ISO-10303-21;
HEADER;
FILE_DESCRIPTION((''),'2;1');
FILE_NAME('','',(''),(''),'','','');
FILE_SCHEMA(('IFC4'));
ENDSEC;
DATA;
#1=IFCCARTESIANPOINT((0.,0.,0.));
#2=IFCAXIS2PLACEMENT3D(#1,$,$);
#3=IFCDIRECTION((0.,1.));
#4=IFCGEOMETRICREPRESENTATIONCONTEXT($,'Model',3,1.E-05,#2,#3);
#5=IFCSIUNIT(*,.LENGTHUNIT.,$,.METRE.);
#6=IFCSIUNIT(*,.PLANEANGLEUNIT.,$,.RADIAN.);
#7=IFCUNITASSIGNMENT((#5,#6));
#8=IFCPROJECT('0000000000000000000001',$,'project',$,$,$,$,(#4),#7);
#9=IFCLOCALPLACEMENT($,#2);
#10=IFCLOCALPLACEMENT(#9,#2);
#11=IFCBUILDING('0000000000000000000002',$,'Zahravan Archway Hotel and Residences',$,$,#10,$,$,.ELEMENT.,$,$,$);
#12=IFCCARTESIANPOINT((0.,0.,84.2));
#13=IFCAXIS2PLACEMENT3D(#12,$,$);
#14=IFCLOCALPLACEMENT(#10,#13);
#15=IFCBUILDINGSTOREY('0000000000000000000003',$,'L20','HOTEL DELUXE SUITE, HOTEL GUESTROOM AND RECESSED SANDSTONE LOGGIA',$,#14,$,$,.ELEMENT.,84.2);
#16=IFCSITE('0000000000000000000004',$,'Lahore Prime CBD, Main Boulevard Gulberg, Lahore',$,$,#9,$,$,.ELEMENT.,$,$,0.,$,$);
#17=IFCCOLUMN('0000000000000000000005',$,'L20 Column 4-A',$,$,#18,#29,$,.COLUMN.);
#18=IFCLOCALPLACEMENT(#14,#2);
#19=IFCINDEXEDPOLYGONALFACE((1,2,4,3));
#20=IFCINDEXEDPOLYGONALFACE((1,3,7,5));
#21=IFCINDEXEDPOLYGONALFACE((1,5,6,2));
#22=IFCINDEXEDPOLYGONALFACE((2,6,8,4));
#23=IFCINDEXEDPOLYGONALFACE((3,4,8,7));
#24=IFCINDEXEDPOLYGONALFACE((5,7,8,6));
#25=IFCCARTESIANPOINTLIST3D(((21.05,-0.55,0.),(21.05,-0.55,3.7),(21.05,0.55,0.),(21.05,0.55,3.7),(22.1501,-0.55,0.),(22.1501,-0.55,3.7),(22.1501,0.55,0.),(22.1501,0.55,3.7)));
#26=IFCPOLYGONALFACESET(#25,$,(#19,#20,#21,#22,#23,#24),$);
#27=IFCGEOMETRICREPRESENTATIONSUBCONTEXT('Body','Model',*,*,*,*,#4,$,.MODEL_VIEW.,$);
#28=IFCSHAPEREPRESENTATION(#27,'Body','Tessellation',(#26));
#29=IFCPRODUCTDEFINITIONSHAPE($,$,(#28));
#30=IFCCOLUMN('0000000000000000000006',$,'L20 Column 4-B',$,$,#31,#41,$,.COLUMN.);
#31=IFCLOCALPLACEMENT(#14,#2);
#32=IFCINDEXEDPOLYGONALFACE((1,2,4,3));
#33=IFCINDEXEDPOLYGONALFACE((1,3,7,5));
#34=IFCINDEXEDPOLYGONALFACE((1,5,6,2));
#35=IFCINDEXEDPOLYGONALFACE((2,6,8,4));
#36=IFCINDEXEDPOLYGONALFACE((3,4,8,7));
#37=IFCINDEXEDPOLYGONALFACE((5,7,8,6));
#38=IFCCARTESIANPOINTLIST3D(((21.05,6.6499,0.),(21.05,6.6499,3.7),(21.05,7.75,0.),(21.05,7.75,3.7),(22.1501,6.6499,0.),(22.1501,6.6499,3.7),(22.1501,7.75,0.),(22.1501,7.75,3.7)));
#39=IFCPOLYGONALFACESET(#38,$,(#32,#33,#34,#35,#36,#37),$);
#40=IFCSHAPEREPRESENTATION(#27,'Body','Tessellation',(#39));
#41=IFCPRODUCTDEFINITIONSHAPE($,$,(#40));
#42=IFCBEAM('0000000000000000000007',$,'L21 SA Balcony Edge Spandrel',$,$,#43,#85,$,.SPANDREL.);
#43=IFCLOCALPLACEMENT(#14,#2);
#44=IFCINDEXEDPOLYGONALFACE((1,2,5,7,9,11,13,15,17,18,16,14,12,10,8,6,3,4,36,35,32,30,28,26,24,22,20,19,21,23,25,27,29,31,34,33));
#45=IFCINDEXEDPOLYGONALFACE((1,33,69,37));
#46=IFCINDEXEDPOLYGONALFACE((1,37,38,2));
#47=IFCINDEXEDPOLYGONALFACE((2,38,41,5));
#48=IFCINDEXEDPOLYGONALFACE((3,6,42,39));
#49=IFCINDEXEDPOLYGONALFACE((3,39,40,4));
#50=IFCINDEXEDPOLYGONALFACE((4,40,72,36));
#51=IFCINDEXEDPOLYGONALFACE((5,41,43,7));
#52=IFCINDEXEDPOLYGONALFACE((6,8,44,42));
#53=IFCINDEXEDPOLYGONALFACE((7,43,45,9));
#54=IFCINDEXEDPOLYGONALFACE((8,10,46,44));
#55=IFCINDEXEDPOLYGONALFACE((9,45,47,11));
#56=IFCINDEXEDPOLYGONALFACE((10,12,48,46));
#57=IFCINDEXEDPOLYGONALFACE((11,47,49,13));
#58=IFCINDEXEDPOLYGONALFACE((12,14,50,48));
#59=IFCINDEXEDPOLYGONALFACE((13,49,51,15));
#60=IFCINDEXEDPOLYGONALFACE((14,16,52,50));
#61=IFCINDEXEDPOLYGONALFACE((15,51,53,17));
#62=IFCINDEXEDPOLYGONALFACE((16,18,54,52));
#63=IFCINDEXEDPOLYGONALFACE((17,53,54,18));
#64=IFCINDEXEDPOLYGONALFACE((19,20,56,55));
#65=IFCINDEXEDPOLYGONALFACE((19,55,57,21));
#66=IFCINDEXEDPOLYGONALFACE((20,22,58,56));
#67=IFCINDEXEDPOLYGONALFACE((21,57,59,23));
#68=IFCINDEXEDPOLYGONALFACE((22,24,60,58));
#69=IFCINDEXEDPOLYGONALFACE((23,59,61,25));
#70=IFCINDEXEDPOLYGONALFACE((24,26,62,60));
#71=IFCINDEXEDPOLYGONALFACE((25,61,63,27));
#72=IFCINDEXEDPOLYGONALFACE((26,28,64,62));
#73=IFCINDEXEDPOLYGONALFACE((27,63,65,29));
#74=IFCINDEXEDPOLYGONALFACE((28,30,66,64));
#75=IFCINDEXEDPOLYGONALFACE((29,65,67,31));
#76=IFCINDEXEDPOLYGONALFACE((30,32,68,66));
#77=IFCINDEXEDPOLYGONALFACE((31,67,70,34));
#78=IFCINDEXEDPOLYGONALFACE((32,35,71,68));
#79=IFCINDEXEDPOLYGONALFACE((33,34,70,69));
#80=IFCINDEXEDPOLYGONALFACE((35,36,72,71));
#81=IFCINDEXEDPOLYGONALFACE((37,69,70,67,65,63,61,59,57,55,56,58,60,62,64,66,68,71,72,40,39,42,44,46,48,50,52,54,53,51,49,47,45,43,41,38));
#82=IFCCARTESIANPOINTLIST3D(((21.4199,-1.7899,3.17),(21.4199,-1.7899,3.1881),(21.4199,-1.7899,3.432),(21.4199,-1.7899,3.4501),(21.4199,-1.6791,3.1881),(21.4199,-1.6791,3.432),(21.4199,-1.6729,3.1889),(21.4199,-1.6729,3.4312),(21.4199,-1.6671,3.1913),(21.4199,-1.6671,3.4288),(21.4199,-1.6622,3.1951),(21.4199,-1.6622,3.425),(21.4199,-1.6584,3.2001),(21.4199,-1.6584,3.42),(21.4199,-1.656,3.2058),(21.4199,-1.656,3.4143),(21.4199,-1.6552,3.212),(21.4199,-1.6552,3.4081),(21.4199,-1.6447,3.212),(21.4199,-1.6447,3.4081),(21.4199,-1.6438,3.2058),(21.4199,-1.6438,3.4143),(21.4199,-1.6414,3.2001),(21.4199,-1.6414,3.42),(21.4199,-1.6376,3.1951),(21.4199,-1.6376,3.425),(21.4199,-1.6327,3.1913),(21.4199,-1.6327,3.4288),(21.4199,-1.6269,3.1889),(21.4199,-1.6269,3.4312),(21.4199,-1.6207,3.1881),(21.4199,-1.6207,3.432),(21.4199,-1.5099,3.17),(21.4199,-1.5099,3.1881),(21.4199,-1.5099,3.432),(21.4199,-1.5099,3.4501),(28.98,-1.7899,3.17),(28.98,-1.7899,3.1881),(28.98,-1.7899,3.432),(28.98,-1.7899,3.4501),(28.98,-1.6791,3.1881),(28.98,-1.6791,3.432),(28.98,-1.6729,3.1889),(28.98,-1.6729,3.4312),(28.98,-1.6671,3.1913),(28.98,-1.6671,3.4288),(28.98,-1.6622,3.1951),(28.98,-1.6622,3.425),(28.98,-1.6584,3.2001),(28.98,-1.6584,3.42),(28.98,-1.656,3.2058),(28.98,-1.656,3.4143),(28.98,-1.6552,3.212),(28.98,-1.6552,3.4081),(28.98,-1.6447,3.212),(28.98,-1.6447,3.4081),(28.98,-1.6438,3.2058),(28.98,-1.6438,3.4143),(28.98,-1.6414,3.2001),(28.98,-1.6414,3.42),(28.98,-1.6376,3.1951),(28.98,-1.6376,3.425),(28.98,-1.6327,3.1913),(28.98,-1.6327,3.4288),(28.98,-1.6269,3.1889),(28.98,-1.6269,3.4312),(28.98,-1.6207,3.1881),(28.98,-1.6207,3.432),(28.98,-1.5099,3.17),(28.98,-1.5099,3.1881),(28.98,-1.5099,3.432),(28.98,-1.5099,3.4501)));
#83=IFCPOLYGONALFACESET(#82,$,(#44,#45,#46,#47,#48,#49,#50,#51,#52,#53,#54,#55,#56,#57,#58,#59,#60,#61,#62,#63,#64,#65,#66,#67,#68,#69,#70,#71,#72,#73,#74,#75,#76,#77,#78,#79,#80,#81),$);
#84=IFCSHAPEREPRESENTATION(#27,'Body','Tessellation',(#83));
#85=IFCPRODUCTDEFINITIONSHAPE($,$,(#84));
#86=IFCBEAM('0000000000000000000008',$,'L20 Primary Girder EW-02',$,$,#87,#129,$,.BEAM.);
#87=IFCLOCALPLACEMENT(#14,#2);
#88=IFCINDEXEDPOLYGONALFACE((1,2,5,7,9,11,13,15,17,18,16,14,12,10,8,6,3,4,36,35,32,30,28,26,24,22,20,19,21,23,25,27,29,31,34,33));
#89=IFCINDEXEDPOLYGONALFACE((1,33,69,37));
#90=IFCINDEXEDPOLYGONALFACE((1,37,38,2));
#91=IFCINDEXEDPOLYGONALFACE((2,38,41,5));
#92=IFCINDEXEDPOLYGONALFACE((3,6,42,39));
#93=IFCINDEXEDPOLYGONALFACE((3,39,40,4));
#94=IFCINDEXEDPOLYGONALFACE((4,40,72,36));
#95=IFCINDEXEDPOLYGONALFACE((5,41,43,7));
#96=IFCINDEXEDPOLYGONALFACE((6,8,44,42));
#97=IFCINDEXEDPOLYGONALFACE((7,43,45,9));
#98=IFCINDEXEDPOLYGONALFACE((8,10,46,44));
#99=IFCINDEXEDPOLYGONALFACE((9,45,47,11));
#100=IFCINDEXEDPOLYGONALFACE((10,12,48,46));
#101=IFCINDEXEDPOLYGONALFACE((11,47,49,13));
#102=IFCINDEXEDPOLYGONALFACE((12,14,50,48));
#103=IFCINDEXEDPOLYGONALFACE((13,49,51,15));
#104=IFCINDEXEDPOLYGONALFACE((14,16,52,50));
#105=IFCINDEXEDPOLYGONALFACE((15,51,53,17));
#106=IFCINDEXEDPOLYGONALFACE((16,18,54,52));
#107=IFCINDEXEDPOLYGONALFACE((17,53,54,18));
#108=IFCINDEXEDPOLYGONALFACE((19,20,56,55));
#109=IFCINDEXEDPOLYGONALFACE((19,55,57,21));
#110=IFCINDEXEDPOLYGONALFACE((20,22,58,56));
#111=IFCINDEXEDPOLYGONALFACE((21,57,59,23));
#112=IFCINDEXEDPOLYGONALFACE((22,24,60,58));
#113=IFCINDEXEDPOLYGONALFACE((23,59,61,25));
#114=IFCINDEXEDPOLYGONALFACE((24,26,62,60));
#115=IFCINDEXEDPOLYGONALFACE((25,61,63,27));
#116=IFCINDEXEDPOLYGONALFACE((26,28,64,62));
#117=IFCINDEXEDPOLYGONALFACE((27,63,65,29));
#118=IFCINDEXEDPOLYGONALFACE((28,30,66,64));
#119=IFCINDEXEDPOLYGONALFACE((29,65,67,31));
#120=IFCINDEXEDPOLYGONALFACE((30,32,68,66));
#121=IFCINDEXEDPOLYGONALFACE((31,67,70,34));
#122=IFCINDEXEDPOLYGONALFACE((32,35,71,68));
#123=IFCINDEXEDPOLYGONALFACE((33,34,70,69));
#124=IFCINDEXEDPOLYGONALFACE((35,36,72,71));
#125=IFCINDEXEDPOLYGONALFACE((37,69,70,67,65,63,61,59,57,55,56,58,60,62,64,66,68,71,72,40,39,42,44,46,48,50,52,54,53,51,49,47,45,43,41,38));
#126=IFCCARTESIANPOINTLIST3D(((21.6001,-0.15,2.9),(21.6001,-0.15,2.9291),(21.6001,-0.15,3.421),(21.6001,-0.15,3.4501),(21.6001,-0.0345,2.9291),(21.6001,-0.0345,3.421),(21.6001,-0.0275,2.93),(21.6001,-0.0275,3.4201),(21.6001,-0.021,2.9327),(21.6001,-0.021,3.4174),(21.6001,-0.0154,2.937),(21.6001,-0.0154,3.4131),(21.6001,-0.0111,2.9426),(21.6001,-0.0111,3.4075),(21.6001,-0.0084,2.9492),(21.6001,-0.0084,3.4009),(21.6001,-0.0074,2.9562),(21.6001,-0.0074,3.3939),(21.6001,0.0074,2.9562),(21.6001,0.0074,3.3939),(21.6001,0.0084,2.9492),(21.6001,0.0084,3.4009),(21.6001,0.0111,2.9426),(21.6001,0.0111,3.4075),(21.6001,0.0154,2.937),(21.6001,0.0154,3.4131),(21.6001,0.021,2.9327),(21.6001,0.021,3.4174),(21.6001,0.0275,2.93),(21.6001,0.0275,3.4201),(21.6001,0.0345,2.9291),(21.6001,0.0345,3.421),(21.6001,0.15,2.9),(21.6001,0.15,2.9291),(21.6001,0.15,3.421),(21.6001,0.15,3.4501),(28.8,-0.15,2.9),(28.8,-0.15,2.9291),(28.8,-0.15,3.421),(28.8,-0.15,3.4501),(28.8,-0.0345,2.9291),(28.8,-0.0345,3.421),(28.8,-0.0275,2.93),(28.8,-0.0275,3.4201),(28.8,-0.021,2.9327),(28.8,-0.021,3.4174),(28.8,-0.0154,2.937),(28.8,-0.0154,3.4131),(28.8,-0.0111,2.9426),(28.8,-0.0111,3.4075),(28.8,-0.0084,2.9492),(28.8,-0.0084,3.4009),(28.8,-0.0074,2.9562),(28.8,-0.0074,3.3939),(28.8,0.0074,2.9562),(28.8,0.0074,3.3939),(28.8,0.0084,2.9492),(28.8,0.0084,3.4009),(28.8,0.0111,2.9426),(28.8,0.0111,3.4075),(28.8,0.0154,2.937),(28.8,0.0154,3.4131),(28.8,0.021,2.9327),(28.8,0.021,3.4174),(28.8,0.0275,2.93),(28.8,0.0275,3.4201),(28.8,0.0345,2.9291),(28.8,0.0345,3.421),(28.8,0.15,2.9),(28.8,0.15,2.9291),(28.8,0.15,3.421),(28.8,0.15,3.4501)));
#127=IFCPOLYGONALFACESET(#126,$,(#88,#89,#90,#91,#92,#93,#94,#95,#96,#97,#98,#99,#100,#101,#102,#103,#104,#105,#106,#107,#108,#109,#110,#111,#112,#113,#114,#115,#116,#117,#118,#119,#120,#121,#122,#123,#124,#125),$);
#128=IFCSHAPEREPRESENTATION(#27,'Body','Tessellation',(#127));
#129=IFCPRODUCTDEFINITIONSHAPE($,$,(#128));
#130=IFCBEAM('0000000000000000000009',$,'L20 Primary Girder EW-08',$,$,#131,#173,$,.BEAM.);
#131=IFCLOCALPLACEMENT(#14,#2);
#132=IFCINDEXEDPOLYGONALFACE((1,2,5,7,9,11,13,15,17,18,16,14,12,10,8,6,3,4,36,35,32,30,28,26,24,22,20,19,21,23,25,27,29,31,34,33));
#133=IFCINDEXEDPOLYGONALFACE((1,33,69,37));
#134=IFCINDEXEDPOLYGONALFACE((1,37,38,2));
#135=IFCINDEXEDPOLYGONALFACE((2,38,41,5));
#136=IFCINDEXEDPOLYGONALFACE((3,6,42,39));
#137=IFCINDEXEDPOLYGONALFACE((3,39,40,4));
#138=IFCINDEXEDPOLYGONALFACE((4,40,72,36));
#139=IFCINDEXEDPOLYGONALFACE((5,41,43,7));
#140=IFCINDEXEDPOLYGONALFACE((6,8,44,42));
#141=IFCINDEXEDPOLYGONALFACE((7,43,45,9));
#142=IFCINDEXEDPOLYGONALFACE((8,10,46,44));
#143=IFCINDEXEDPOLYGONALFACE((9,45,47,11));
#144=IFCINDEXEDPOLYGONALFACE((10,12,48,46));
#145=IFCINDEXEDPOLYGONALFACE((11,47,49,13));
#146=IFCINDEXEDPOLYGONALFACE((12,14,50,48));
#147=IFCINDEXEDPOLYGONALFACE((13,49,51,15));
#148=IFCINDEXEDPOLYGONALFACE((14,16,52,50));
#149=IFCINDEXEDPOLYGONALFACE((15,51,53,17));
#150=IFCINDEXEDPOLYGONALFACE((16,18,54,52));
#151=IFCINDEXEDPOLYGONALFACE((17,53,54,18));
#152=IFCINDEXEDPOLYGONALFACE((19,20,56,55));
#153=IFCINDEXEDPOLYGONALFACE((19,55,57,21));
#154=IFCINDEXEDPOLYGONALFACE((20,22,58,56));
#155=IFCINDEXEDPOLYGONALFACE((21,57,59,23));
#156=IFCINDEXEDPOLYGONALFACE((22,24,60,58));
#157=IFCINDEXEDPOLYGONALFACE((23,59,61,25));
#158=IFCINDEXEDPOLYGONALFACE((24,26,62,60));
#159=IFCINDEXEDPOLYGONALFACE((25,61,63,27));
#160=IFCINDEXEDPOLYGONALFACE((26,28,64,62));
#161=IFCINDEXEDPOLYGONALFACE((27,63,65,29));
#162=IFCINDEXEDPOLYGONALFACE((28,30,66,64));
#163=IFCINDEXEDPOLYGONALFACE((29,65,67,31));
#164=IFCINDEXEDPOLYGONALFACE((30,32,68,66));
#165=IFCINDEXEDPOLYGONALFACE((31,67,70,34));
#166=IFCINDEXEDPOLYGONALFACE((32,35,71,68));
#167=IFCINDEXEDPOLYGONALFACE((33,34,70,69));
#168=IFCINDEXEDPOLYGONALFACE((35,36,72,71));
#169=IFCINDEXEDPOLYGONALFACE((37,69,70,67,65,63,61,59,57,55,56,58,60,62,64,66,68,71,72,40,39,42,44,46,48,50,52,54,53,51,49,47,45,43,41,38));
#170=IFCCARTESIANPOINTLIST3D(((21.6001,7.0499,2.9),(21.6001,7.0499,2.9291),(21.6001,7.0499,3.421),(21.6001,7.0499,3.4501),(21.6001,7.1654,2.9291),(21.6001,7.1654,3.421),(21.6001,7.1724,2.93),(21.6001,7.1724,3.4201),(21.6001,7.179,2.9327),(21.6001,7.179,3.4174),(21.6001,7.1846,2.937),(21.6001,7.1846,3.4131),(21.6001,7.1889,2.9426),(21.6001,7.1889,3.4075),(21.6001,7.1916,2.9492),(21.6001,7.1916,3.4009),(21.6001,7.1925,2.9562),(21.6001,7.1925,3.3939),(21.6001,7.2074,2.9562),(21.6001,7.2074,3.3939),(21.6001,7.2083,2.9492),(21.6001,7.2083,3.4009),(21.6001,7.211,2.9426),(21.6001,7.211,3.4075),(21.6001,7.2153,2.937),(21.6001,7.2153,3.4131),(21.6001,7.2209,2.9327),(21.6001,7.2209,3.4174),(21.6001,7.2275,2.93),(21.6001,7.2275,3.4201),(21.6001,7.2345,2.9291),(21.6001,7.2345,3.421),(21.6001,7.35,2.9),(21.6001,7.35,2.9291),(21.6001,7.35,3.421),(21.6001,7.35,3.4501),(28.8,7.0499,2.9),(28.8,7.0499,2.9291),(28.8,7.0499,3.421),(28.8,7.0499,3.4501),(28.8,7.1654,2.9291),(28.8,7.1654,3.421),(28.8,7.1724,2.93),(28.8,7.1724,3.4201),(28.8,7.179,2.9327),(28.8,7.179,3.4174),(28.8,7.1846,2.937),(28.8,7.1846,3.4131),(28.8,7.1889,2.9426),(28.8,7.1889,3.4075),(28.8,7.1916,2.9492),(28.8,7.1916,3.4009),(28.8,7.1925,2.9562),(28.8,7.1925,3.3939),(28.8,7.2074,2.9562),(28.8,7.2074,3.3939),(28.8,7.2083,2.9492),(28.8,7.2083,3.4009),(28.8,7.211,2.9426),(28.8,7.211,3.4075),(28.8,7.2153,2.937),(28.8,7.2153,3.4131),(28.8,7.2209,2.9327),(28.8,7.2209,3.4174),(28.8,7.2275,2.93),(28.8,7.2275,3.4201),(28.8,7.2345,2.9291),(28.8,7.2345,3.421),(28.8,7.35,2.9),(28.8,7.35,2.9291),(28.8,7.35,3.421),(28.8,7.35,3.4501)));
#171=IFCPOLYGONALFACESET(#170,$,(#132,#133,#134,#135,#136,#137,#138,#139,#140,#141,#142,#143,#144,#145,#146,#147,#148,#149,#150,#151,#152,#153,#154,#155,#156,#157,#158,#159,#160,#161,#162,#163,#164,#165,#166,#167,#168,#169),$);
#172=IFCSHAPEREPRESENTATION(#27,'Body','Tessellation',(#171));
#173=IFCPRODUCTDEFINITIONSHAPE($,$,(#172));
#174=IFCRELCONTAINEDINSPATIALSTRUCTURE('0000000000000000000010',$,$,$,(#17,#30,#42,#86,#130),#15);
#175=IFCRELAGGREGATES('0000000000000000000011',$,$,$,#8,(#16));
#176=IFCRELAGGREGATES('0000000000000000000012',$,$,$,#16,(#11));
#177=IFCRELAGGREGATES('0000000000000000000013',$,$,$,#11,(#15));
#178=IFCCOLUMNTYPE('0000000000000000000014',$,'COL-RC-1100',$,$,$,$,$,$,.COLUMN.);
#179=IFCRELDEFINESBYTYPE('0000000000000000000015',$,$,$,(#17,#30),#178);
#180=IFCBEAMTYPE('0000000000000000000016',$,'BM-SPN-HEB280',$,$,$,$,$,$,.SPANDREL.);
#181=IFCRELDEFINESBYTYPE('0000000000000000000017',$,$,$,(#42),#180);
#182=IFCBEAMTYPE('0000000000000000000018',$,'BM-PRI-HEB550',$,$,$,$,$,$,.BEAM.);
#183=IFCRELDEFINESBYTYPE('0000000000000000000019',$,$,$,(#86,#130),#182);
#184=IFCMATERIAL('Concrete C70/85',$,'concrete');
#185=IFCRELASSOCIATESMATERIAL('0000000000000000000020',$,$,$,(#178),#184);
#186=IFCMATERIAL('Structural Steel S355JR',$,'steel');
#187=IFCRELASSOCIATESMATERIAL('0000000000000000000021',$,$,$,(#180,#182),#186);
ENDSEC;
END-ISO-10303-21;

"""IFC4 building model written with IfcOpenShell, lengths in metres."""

from ifc_helpers import new_model, si_unit, direction, frame, origin, origin_2d, place, context, subcontext, project, spatial, rectangle, i_section, extrude, source, transform, mapped, material, material_profile, profile_set, type_object, type_shapes, element, save


model = new_model("IFC4")

# Units and contexts
model_context = context("Model", 3, precision=1e-05, world=origin(), true_north=direction((0.0, 1.0)))
body_context = subcontext(model_context, "Body", "Model", "MODEL_VIEW")
ifc_project = project(units=[si_unit("LENGTHUNIT", "METRE"), si_unit("PLANEANGLEUNIT", "RADIAN")], contexts=[model_context])

# Site, building, storey
site_placement = place(None, origin())
site = spatial("IfcSite", under=ifc_project, at=site_placement, Name="Lahore Prime CBD, Main Boulevard Gulberg, Lahore", CompositionType="ELEMENT", RefElevation=0.0)
building_placement = place(site_placement, origin())
building = spatial("IfcBuilding", under=site, at=building_placement, Name="Zahravan Archway Hotel and Residences", CompositionType="ELEMENT")
storey_placement = place(building_placement, frame((0.0, 0.0, 84.2)))
storey = spatial("IfcBuildingStorey", under=building, at=storey_placement, Name="L20", Description="HOTEL DELUXE SUITE, HOTEL GUESTROOM AND RECESSED SANDSTONE LOGGIA", CompositionType="ELEMENT", Elevation=84.2)

# Columns
ifc_material_1 = material(Name="Concrete C70/85", Category="concrete")
ifc_material_profile_1 = material_profile(ifc_material_1, rectangle(XDim=1.1001, YDim=1.1001, at=origin_2d()), Name="RC 1100x1100", Category="concrete")
ifc_profile_set_1 = profile_set([ifc_material_profile_1], Name="Concrete C70/85")
column_type = type_object("IfcColumnType", Name="COL-RC-1100", PredefinedType="COLUMN", material=ifc_profile_set_1)
shared_shape_1 = source(origin(), body_context, "Body", "SweptSolid", [
    extrude(rectangle(XDim=1.1001, YDim=1.1001, at=origin_2d()), origin(), (0.0, 0.0, 1.0), 3.7),
])
for number, where, z_axis, x_axis, name in (
    (1, (21.6001, 0.0, 0.0), (0.0, 0.0, 1.0), (1.0, 0.0, 0.0), "L20 Column 4-A"),
    (2, (21.6001, 7.2, 0.0), (0.0, 0.0, 1.0), (1.0, 0.0, 0.0), "L20 Column 4-B"),
):
    element("IfcColumn", number, at=place(storey_placement, frame(where, z_axis=z_axis, x_axis=x_axis)), inside=storey, type_object=column_type, Name=name, PredefinedType="COLUMN", context=body_context, shape_type="MappedRepresentation", body=[
        mapped(shared_shape_1, transform((0.0, 0.0, 0.0), scale=1.0)),
    ])

# Beams
ifc_material_2 = material(Name="Structural Steel S355JR", Category="steel")
ifc_material_profile_2 = material_profile(ifc_material_2, i_section(OverallWidth=0.28, OverallDepth=0.28, WebThickness=0.0105, FlangeThickness=0.0181, FilletRadius=0.0239, at=origin_2d()), Name="HEB 280", Category="steel")
ifc_profile_set_2 = profile_set([ifc_material_profile_2], Name="Structural Steel S355JR")
beam_type_1 = type_object("IfcBeamType", Name="BM-SPN-HEB280", PredefinedType="SPANDREL", material=ifc_profile_set_2)
shared_shape_2 = source(origin(), body_context, "Body", "SweptSolid", [
    extrude(i_section(OverallWidth=0.28, OverallDepth=0.28, WebThickness=0.0105, FlangeThickness=0.0181, FilletRadius=0.0239, at=origin_2d()), origin(), (0.0, 0.0, 1.0), 7.5601),
])
type_shapes(beam_type_1, [shared_shape_2])
beam_1_placement = place(storey_placement, frame((21.4199, -1.6499, 3.3101), z_axis=(1.0, 0.0, 0.0), x_axis=(0.0, 1.0, 0.0)))
element("IfcBeam", 3, at=beam_1_placement, inside=storey, type_object=beam_type_1, Name="L21 SA Balcony Edge Spandrel", PredefinedType="SPANDREL", context=body_context, shape_type="MappedRepresentation", body=[
    mapped(shared_shape_2, transform((0.0, 0.0, 0.0), scale=1.0)),
])
ifc_material_profile_3 = material_profile(ifc_material_2, i_section(OverallWidth=0.3, OverallDepth=0.55, WebThickness=0.0149, FlangeThickness=0.0291, FilletRadius=0.0271, at=origin_2d()), Name="HEB 550", Category="steel")
ifc_profile_set_3 = profile_set([ifc_material_profile_3], Name="Structural Steel S355JR")
beam_type_2 = type_object("IfcBeamType", Name="BM-PRI-HEB550", PredefinedType="BEAM", material=ifc_profile_set_3)
shared_shape_3 = source(origin(), body_context, "Body", "SweptSolid", [
    extrude(i_section(OverallWidth=0.3, OverallDepth=0.55, WebThickness=0.0149, FlangeThickness=0.0291, FilletRadius=0.0271, at=origin_2d()), origin(), (0.0, 0.0, 1.0), 7.2),
])
for number, where, z_axis, x_axis, name in (
    (4, (21.6001, 0.0, 3.175), (1.0, 0.0, 0.0), (0.0, 1.0, 0.0), "L20 Primary Girder EW-02"),
    (5, (21.6001, 7.2, 3.175), (1.0, 0.0, 0.0), (0.0, 1.0, 0.0), "L20 Primary Girder EW-08"),
):
    element("IfcBeam", number, at=place(storey_placement, frame(where, z_axis=z_axis, x_axis=x_axis)), inside=storey, type_object=beam_type_2, Name=name, PredefinedType="BEAM", context=body_context, shape_type="MappedRepresentation", body=[
        mapped(shared_shape_3, transform((0.0, 0.0, 0.0), scale=1.0)),
    ])

save(model, "model.ifc")
